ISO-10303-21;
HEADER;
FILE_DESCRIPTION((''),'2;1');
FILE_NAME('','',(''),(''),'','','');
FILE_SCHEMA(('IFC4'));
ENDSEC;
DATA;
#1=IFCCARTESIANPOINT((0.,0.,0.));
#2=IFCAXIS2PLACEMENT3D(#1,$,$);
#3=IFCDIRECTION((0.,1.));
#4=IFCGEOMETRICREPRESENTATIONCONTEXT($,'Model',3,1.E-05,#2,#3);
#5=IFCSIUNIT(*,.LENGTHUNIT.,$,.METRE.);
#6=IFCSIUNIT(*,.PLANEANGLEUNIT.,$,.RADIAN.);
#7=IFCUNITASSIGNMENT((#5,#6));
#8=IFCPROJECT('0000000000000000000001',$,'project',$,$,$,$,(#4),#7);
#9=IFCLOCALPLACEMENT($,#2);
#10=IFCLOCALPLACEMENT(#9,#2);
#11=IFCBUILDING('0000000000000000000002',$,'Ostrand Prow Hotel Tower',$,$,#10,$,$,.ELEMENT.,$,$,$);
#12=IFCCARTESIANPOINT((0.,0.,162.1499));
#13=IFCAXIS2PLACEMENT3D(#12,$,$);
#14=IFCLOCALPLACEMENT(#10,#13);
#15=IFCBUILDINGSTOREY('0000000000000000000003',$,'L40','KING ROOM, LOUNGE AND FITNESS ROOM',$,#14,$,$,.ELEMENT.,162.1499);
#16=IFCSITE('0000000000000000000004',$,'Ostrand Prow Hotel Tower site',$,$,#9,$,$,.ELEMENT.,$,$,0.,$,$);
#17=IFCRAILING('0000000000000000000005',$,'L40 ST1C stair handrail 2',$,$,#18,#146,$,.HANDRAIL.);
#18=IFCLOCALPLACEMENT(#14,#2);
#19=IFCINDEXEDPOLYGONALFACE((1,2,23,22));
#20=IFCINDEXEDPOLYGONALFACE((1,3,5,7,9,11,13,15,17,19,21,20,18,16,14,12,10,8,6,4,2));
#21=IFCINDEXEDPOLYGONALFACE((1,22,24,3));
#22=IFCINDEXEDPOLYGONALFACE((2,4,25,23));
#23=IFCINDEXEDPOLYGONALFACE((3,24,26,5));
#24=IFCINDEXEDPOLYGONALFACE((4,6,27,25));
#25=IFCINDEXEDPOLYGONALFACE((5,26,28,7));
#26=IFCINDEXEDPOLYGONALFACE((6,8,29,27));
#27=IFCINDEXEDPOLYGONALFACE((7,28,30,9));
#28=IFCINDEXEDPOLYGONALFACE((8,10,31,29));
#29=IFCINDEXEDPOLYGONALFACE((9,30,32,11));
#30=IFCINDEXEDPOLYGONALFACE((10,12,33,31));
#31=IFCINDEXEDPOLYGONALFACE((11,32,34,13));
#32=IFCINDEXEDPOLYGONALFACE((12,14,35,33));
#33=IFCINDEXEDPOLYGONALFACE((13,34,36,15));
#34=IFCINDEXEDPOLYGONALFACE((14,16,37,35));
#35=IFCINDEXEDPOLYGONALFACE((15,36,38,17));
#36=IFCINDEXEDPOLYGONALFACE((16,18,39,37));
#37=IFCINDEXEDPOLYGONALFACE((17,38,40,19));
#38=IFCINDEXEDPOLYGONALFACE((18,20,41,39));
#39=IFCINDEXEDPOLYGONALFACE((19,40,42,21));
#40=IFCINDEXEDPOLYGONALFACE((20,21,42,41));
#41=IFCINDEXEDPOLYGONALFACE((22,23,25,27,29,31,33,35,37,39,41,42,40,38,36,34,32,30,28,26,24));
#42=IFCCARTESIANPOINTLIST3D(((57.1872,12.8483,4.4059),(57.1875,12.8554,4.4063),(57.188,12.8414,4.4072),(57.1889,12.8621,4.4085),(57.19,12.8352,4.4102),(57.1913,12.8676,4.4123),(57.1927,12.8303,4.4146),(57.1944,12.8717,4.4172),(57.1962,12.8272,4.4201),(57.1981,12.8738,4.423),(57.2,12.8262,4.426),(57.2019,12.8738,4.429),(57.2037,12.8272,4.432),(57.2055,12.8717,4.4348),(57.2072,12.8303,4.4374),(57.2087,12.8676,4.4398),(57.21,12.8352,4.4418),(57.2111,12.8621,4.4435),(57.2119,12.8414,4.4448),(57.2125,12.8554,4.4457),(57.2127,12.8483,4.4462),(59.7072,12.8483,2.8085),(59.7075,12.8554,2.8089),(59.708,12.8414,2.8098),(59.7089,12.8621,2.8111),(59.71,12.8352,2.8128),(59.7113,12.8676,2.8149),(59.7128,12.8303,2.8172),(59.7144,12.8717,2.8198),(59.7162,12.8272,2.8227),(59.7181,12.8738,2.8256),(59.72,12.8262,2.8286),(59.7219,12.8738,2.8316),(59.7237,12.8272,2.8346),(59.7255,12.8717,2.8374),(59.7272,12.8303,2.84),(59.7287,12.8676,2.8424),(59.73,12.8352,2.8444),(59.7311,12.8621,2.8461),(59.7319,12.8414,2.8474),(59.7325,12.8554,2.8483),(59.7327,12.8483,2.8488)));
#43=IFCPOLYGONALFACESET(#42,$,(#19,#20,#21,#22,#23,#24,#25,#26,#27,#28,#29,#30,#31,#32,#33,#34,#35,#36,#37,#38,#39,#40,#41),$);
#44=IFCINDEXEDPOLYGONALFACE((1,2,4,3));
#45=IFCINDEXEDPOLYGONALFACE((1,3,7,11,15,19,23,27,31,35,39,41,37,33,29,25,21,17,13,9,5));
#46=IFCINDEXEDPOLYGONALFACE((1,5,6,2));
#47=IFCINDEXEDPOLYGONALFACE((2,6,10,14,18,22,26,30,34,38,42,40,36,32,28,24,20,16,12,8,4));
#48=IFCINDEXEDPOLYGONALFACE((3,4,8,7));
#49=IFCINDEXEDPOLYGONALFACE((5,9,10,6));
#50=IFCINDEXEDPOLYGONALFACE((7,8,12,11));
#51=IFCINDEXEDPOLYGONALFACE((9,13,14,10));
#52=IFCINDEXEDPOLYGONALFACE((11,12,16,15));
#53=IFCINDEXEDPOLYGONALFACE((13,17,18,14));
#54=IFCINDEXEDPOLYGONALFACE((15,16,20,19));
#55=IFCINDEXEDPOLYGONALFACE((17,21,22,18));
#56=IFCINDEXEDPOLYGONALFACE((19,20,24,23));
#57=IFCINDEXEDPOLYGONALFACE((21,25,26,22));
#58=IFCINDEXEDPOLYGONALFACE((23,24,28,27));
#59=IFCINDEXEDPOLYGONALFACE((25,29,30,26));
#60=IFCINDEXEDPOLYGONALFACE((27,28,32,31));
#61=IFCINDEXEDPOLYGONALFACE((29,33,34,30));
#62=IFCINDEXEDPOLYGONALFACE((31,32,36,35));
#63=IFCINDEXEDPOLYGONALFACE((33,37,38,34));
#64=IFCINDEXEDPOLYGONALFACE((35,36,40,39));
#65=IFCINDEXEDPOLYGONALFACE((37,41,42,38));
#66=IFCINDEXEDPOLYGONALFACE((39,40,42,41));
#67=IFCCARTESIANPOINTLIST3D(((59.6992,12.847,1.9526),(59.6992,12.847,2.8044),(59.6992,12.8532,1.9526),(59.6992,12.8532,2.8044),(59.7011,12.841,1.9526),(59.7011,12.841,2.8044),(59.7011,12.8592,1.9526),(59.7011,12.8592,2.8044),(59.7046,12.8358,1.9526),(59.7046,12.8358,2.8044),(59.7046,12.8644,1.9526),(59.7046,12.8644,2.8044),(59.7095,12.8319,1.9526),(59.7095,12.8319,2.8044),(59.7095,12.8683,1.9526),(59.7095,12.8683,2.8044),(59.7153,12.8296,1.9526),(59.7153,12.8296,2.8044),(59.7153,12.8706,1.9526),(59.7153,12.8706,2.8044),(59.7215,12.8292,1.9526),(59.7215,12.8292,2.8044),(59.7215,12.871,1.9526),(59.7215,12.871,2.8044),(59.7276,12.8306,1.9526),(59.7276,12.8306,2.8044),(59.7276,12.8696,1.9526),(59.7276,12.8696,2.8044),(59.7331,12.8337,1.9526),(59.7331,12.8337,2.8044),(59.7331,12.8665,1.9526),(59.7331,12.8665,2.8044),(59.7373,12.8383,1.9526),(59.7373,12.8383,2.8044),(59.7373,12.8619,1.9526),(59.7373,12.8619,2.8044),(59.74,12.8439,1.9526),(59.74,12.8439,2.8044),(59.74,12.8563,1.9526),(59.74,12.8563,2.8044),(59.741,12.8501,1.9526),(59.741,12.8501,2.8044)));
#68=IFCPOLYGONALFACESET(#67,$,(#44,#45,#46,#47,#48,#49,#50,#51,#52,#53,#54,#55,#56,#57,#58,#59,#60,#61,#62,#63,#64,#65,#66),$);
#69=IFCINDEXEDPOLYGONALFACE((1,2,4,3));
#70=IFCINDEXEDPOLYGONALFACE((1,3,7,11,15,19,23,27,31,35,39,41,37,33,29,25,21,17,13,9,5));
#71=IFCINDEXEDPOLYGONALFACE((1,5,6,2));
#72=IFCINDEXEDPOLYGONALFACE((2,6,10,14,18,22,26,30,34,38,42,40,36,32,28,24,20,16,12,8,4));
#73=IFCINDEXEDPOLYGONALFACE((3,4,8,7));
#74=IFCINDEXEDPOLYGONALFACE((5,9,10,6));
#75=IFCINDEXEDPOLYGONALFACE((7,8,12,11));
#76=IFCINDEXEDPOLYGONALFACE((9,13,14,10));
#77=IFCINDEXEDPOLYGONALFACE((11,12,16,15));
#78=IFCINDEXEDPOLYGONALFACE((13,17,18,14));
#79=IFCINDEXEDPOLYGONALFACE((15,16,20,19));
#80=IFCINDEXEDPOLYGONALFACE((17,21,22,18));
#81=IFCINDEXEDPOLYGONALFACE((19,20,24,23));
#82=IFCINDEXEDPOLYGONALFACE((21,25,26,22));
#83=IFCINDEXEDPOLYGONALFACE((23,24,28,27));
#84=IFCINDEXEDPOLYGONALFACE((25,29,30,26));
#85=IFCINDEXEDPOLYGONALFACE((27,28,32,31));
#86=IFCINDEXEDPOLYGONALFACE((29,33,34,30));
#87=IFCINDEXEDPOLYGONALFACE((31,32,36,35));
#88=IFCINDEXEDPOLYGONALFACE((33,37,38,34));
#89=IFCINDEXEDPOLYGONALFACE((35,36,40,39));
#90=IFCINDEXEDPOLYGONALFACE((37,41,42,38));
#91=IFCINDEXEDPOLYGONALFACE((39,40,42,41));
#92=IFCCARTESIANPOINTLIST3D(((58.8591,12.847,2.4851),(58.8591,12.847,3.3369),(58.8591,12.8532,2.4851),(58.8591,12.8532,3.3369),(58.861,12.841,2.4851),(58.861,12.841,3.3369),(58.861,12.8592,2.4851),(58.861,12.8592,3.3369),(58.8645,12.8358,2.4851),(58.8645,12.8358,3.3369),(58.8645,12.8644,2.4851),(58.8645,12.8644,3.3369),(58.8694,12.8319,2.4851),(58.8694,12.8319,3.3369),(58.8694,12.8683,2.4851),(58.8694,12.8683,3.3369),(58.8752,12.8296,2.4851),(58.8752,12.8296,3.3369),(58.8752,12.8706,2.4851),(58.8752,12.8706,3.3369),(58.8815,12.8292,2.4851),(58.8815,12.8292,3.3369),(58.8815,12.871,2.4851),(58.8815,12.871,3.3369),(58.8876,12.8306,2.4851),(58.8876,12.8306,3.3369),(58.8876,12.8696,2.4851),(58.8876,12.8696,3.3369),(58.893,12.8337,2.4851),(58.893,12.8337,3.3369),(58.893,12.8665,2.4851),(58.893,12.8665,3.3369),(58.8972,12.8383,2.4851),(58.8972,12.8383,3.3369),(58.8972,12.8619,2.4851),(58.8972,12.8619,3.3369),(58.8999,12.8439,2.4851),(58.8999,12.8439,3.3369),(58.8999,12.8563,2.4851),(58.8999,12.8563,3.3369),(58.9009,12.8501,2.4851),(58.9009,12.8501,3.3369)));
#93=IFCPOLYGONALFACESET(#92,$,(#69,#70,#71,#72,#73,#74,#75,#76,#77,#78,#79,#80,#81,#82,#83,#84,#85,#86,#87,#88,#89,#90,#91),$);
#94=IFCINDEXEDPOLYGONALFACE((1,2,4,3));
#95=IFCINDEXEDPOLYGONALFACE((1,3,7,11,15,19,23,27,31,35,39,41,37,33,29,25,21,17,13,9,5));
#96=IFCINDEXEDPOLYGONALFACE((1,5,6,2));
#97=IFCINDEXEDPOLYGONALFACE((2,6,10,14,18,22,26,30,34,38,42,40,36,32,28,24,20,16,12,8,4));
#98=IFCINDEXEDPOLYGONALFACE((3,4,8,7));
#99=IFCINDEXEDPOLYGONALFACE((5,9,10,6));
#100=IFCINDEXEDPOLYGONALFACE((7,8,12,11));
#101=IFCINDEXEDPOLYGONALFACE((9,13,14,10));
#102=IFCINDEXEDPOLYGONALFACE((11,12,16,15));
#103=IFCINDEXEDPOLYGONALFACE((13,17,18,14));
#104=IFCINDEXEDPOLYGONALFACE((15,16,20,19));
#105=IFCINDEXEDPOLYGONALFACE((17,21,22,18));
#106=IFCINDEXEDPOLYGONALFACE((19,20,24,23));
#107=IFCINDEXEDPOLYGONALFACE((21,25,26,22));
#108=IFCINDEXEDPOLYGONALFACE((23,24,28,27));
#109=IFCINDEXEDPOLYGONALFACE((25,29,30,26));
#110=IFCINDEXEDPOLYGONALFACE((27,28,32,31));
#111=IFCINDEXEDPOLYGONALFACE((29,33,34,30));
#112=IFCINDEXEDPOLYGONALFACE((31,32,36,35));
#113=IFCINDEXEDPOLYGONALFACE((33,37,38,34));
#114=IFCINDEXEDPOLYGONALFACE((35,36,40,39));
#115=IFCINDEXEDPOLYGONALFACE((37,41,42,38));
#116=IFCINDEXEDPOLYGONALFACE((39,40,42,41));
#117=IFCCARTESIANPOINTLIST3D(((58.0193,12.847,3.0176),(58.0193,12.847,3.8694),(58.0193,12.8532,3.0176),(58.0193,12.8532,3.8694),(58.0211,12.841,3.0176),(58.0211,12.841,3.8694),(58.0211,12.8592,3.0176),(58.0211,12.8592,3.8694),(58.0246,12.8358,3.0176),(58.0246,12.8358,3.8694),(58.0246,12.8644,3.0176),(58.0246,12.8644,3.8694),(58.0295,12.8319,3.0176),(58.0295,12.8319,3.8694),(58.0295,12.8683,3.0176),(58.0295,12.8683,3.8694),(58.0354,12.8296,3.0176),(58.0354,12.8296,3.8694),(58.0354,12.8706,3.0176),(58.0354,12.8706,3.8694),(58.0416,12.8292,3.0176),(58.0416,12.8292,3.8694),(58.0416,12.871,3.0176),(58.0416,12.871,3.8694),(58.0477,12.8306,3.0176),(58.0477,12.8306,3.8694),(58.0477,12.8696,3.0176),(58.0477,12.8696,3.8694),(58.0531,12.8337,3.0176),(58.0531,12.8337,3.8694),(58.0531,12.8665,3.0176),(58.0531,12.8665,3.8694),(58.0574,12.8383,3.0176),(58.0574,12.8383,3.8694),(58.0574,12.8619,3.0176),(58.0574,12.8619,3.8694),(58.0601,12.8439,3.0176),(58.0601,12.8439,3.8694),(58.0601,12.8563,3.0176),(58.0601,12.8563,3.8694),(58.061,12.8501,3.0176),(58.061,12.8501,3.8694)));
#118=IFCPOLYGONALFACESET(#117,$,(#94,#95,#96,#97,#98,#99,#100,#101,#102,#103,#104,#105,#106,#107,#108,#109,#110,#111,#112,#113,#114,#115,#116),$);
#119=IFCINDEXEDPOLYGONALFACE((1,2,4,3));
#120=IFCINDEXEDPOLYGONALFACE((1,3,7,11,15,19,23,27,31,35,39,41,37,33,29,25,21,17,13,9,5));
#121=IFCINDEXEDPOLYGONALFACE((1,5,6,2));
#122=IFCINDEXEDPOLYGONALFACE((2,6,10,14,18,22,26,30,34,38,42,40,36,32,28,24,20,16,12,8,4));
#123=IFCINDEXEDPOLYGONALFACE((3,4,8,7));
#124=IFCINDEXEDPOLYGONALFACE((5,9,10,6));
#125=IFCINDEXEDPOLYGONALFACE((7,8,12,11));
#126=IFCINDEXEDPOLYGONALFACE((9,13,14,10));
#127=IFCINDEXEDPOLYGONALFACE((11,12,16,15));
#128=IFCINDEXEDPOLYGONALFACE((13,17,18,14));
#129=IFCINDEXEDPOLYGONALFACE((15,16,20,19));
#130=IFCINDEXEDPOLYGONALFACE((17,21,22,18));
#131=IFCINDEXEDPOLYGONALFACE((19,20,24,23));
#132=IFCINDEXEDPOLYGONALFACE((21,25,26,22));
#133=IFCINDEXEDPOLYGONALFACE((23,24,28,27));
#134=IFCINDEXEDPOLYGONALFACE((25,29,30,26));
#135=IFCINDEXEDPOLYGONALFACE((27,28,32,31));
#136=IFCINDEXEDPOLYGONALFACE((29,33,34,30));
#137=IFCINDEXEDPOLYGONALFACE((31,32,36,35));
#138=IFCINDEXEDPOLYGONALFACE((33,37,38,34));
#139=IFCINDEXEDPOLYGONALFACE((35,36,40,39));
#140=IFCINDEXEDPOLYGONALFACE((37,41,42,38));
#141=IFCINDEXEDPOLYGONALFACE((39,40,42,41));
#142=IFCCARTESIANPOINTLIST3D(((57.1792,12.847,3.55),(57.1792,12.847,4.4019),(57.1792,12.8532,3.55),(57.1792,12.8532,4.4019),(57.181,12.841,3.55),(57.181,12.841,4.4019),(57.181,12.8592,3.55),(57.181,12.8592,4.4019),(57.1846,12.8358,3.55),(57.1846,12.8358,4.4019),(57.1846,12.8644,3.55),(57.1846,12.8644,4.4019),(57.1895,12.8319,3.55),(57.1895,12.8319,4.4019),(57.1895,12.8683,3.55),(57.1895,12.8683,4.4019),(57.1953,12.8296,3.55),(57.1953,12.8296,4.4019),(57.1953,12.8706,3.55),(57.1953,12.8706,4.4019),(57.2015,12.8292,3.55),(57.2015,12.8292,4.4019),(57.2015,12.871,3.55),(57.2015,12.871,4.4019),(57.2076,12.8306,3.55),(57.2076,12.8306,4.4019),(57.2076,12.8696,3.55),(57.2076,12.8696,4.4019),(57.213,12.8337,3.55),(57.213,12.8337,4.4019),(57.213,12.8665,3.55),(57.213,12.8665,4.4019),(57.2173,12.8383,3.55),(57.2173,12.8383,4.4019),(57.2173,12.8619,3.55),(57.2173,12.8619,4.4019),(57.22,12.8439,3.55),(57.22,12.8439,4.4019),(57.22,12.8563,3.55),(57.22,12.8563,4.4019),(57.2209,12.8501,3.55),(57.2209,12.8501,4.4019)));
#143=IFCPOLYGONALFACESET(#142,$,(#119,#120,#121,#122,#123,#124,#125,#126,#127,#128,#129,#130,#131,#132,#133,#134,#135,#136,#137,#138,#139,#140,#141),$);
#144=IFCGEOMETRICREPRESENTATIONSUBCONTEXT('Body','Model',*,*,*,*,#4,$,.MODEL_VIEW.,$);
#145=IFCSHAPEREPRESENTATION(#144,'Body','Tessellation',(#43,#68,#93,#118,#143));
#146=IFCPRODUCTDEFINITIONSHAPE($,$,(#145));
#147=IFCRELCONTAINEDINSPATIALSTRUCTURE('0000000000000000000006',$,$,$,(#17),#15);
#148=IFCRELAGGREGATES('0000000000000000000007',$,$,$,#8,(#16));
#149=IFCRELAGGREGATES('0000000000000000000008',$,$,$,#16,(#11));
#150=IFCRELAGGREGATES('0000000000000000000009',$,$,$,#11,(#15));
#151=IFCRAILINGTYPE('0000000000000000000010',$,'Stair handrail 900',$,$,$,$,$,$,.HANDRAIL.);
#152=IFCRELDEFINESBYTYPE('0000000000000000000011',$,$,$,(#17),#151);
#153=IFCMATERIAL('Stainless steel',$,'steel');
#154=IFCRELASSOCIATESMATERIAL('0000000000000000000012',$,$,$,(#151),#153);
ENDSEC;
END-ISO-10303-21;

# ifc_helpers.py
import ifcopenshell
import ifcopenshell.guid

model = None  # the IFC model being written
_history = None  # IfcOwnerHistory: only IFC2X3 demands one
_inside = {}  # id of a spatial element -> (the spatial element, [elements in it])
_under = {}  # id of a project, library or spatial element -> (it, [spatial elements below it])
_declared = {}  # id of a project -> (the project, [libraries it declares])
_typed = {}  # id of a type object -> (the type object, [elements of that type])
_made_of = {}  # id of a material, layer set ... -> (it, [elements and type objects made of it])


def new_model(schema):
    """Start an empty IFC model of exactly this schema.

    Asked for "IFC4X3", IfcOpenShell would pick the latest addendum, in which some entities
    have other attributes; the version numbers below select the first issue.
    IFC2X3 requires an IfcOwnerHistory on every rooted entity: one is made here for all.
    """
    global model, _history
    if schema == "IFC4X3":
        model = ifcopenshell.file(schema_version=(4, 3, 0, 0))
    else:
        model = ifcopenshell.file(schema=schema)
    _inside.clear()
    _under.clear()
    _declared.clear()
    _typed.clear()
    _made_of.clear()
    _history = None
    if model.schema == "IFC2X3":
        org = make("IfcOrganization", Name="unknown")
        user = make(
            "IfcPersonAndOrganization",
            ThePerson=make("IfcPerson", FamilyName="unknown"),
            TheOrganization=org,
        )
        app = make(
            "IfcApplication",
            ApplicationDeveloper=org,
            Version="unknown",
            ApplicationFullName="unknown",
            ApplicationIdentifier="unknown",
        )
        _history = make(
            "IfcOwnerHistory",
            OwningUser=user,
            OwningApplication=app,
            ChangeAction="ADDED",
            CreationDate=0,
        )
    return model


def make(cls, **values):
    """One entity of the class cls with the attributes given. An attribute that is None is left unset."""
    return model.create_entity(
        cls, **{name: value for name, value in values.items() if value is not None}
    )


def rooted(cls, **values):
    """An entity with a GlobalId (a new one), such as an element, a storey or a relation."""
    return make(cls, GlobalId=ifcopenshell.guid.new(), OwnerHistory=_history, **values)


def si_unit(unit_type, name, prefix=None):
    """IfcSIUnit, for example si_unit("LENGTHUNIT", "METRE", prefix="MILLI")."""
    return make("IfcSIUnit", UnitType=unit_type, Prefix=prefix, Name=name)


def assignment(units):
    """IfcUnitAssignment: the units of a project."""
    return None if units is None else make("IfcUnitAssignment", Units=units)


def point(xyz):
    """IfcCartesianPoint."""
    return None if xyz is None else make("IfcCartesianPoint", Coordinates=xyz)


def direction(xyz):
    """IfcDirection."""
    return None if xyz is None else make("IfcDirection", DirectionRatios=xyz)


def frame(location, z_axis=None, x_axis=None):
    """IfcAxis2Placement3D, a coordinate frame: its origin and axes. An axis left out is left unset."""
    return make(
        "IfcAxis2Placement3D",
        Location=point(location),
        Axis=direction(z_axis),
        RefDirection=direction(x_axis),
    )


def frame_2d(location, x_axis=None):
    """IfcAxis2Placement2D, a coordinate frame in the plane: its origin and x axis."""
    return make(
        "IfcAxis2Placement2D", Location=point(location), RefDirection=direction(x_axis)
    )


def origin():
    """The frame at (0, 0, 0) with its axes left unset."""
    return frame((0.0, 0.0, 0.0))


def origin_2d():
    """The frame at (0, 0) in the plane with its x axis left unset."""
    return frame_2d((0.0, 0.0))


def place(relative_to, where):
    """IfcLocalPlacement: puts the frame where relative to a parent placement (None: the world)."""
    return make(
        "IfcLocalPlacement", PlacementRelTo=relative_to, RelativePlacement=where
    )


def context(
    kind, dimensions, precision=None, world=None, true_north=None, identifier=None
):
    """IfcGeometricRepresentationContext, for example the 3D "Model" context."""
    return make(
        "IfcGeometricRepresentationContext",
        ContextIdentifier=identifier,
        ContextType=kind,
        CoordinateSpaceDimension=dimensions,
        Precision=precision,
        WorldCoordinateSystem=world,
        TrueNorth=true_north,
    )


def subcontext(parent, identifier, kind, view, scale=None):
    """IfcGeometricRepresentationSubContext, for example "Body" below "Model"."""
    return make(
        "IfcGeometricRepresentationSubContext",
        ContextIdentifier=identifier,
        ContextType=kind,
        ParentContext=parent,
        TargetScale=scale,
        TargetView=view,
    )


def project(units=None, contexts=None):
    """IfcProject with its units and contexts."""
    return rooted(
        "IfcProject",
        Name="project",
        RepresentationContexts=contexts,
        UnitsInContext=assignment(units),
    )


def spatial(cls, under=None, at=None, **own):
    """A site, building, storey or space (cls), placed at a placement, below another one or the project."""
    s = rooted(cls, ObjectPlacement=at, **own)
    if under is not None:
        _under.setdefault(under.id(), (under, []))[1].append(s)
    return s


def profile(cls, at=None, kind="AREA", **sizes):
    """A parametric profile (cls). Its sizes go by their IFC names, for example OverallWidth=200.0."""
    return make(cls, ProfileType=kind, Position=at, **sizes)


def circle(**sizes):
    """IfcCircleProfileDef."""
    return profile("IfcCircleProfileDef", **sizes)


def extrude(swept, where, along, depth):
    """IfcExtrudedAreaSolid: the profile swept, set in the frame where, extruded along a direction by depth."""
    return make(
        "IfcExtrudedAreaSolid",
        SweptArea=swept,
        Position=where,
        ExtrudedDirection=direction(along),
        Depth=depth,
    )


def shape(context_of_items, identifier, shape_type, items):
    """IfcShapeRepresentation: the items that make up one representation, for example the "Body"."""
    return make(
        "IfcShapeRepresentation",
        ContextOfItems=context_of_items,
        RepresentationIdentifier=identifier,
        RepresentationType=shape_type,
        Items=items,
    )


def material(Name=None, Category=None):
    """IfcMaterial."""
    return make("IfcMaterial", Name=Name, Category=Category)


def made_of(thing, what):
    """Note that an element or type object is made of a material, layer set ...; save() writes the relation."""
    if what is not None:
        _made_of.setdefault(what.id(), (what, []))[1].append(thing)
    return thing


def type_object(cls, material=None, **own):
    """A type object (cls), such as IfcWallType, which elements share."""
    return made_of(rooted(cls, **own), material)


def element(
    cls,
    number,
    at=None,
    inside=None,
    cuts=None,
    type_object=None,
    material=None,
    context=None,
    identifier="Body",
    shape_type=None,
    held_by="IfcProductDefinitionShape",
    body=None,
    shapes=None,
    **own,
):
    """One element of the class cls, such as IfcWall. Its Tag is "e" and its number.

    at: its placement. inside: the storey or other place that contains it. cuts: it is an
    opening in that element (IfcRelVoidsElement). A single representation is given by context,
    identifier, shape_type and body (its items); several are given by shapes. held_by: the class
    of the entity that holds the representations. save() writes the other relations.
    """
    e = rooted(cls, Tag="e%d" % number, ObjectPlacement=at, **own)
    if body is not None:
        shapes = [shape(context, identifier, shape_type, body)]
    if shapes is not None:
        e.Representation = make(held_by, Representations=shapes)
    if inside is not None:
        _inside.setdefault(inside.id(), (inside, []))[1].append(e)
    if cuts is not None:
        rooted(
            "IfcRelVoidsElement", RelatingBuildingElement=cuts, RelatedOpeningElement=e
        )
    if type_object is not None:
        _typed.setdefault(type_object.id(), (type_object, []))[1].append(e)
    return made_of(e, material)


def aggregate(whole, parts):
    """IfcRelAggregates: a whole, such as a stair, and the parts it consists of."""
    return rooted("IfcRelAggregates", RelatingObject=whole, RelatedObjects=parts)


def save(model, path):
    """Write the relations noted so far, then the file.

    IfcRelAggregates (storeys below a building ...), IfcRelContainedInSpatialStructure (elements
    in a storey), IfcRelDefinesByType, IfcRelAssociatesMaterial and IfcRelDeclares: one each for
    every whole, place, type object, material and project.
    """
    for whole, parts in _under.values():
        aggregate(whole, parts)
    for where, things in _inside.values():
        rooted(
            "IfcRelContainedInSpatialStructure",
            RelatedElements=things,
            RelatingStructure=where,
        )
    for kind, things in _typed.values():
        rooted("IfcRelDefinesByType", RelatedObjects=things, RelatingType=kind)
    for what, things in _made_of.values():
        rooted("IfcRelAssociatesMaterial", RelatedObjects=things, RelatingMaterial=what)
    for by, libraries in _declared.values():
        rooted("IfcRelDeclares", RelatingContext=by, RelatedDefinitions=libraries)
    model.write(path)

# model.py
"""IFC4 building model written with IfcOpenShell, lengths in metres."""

from ifc_helpers import new_model, si_unit, direction, frame, origin, origin_2d, place, context, subcontext, project, spatial, circle, extrude, material, type_object, element, save


model = new_model("IFC4")

# Units and contexts
model_context = context("Model", 3, precision=1e-05, world=origin(), true_north=direction((0.0, 1.0)))
body_context = subcontext(model_context, "Body", "Model", "MODEL_VIEW")
ifc_project = project(units=[si_unit("LENGTHUNIT", "METRE"), si_unit("PLANEANGLEUNIT", "RADIAN")], contexts=[model_context])

# Site, building, storey
site_placement = place(None, origin())
site = spatial("IfcSite", under=ifc_project, at=site_placement, Name="Ostrand Prow Hotel Tower site", CompositionType="ELEMENT", RefElevation=0.0)
building_placement = place(site_placement, origin())
building = spatial("IfcBuilding", under=site, at=building_placement, Name="Ostrand Prow Hotel Tower", CompositionType="ELEMENT")
storey_placement = place(building_placement, frame((0.0, 0.0, 162.1499)))
storey = spatial("IfcBuildingStorey", under=building, at=storey_placement, Name="L40", Description="KING ROOM, LOUNGE AND FITNESS ROOM", CompositionType="ELEMENT", Elevation=162.1499)

# Railing
ifc_material_1 = material(Name="Stainless steel", Category="steel")
railing_type_1 = type_object("IfcRailingType", Name="Stair handrail 900", PredefinedType="HANDRAIL", material=ifc_material_1)
railing_1_placement = place(storey_placement, frame((59.72, 12.8501, 1.9526)))
element("IfcRailing", 1, at=railing_1_placement, inside=storey, type_object=railing_type_1, Name="L40 ST1C stair handrail 2", PredefinedType="HANDRAIL", context=body_context, shape_type="SweptSolid", body=[
    extrude(circle(Radius=0.0239, at=origin_2d()), frame((0.0, 0.0, 0.876), z_axis=(-0.844607, 0.0, 0.535387), x_axis=(0.0, -1.0, 0.0)), (0.0, 0.0, 1.0), 2.9836),
    extrude(circle(Radius=0.021, at=origin_2d()), origin(), (0.0, 0.0, 1.0), 0.8518),
    extrude(circle(Radius=0.021, at=origin_2d()), frame((-0.8401, 0.0, 0.5325)), (0.0, 0.0, 1.0), 0.8518),
    extrude(circle(Radius=0.021, at=origin_2d()), frame((-1.6799, 0.0, 1.0649)), (0.0, 0.0, 1.0), 0.8518),
    extrude(circle(Radius=0.021, at=origin_2d()), frame((-2.52, 0.0, 1.5974)), (0.0, 0.0, 1.0), 0.8518),
])

save(model, "model.ifc")
